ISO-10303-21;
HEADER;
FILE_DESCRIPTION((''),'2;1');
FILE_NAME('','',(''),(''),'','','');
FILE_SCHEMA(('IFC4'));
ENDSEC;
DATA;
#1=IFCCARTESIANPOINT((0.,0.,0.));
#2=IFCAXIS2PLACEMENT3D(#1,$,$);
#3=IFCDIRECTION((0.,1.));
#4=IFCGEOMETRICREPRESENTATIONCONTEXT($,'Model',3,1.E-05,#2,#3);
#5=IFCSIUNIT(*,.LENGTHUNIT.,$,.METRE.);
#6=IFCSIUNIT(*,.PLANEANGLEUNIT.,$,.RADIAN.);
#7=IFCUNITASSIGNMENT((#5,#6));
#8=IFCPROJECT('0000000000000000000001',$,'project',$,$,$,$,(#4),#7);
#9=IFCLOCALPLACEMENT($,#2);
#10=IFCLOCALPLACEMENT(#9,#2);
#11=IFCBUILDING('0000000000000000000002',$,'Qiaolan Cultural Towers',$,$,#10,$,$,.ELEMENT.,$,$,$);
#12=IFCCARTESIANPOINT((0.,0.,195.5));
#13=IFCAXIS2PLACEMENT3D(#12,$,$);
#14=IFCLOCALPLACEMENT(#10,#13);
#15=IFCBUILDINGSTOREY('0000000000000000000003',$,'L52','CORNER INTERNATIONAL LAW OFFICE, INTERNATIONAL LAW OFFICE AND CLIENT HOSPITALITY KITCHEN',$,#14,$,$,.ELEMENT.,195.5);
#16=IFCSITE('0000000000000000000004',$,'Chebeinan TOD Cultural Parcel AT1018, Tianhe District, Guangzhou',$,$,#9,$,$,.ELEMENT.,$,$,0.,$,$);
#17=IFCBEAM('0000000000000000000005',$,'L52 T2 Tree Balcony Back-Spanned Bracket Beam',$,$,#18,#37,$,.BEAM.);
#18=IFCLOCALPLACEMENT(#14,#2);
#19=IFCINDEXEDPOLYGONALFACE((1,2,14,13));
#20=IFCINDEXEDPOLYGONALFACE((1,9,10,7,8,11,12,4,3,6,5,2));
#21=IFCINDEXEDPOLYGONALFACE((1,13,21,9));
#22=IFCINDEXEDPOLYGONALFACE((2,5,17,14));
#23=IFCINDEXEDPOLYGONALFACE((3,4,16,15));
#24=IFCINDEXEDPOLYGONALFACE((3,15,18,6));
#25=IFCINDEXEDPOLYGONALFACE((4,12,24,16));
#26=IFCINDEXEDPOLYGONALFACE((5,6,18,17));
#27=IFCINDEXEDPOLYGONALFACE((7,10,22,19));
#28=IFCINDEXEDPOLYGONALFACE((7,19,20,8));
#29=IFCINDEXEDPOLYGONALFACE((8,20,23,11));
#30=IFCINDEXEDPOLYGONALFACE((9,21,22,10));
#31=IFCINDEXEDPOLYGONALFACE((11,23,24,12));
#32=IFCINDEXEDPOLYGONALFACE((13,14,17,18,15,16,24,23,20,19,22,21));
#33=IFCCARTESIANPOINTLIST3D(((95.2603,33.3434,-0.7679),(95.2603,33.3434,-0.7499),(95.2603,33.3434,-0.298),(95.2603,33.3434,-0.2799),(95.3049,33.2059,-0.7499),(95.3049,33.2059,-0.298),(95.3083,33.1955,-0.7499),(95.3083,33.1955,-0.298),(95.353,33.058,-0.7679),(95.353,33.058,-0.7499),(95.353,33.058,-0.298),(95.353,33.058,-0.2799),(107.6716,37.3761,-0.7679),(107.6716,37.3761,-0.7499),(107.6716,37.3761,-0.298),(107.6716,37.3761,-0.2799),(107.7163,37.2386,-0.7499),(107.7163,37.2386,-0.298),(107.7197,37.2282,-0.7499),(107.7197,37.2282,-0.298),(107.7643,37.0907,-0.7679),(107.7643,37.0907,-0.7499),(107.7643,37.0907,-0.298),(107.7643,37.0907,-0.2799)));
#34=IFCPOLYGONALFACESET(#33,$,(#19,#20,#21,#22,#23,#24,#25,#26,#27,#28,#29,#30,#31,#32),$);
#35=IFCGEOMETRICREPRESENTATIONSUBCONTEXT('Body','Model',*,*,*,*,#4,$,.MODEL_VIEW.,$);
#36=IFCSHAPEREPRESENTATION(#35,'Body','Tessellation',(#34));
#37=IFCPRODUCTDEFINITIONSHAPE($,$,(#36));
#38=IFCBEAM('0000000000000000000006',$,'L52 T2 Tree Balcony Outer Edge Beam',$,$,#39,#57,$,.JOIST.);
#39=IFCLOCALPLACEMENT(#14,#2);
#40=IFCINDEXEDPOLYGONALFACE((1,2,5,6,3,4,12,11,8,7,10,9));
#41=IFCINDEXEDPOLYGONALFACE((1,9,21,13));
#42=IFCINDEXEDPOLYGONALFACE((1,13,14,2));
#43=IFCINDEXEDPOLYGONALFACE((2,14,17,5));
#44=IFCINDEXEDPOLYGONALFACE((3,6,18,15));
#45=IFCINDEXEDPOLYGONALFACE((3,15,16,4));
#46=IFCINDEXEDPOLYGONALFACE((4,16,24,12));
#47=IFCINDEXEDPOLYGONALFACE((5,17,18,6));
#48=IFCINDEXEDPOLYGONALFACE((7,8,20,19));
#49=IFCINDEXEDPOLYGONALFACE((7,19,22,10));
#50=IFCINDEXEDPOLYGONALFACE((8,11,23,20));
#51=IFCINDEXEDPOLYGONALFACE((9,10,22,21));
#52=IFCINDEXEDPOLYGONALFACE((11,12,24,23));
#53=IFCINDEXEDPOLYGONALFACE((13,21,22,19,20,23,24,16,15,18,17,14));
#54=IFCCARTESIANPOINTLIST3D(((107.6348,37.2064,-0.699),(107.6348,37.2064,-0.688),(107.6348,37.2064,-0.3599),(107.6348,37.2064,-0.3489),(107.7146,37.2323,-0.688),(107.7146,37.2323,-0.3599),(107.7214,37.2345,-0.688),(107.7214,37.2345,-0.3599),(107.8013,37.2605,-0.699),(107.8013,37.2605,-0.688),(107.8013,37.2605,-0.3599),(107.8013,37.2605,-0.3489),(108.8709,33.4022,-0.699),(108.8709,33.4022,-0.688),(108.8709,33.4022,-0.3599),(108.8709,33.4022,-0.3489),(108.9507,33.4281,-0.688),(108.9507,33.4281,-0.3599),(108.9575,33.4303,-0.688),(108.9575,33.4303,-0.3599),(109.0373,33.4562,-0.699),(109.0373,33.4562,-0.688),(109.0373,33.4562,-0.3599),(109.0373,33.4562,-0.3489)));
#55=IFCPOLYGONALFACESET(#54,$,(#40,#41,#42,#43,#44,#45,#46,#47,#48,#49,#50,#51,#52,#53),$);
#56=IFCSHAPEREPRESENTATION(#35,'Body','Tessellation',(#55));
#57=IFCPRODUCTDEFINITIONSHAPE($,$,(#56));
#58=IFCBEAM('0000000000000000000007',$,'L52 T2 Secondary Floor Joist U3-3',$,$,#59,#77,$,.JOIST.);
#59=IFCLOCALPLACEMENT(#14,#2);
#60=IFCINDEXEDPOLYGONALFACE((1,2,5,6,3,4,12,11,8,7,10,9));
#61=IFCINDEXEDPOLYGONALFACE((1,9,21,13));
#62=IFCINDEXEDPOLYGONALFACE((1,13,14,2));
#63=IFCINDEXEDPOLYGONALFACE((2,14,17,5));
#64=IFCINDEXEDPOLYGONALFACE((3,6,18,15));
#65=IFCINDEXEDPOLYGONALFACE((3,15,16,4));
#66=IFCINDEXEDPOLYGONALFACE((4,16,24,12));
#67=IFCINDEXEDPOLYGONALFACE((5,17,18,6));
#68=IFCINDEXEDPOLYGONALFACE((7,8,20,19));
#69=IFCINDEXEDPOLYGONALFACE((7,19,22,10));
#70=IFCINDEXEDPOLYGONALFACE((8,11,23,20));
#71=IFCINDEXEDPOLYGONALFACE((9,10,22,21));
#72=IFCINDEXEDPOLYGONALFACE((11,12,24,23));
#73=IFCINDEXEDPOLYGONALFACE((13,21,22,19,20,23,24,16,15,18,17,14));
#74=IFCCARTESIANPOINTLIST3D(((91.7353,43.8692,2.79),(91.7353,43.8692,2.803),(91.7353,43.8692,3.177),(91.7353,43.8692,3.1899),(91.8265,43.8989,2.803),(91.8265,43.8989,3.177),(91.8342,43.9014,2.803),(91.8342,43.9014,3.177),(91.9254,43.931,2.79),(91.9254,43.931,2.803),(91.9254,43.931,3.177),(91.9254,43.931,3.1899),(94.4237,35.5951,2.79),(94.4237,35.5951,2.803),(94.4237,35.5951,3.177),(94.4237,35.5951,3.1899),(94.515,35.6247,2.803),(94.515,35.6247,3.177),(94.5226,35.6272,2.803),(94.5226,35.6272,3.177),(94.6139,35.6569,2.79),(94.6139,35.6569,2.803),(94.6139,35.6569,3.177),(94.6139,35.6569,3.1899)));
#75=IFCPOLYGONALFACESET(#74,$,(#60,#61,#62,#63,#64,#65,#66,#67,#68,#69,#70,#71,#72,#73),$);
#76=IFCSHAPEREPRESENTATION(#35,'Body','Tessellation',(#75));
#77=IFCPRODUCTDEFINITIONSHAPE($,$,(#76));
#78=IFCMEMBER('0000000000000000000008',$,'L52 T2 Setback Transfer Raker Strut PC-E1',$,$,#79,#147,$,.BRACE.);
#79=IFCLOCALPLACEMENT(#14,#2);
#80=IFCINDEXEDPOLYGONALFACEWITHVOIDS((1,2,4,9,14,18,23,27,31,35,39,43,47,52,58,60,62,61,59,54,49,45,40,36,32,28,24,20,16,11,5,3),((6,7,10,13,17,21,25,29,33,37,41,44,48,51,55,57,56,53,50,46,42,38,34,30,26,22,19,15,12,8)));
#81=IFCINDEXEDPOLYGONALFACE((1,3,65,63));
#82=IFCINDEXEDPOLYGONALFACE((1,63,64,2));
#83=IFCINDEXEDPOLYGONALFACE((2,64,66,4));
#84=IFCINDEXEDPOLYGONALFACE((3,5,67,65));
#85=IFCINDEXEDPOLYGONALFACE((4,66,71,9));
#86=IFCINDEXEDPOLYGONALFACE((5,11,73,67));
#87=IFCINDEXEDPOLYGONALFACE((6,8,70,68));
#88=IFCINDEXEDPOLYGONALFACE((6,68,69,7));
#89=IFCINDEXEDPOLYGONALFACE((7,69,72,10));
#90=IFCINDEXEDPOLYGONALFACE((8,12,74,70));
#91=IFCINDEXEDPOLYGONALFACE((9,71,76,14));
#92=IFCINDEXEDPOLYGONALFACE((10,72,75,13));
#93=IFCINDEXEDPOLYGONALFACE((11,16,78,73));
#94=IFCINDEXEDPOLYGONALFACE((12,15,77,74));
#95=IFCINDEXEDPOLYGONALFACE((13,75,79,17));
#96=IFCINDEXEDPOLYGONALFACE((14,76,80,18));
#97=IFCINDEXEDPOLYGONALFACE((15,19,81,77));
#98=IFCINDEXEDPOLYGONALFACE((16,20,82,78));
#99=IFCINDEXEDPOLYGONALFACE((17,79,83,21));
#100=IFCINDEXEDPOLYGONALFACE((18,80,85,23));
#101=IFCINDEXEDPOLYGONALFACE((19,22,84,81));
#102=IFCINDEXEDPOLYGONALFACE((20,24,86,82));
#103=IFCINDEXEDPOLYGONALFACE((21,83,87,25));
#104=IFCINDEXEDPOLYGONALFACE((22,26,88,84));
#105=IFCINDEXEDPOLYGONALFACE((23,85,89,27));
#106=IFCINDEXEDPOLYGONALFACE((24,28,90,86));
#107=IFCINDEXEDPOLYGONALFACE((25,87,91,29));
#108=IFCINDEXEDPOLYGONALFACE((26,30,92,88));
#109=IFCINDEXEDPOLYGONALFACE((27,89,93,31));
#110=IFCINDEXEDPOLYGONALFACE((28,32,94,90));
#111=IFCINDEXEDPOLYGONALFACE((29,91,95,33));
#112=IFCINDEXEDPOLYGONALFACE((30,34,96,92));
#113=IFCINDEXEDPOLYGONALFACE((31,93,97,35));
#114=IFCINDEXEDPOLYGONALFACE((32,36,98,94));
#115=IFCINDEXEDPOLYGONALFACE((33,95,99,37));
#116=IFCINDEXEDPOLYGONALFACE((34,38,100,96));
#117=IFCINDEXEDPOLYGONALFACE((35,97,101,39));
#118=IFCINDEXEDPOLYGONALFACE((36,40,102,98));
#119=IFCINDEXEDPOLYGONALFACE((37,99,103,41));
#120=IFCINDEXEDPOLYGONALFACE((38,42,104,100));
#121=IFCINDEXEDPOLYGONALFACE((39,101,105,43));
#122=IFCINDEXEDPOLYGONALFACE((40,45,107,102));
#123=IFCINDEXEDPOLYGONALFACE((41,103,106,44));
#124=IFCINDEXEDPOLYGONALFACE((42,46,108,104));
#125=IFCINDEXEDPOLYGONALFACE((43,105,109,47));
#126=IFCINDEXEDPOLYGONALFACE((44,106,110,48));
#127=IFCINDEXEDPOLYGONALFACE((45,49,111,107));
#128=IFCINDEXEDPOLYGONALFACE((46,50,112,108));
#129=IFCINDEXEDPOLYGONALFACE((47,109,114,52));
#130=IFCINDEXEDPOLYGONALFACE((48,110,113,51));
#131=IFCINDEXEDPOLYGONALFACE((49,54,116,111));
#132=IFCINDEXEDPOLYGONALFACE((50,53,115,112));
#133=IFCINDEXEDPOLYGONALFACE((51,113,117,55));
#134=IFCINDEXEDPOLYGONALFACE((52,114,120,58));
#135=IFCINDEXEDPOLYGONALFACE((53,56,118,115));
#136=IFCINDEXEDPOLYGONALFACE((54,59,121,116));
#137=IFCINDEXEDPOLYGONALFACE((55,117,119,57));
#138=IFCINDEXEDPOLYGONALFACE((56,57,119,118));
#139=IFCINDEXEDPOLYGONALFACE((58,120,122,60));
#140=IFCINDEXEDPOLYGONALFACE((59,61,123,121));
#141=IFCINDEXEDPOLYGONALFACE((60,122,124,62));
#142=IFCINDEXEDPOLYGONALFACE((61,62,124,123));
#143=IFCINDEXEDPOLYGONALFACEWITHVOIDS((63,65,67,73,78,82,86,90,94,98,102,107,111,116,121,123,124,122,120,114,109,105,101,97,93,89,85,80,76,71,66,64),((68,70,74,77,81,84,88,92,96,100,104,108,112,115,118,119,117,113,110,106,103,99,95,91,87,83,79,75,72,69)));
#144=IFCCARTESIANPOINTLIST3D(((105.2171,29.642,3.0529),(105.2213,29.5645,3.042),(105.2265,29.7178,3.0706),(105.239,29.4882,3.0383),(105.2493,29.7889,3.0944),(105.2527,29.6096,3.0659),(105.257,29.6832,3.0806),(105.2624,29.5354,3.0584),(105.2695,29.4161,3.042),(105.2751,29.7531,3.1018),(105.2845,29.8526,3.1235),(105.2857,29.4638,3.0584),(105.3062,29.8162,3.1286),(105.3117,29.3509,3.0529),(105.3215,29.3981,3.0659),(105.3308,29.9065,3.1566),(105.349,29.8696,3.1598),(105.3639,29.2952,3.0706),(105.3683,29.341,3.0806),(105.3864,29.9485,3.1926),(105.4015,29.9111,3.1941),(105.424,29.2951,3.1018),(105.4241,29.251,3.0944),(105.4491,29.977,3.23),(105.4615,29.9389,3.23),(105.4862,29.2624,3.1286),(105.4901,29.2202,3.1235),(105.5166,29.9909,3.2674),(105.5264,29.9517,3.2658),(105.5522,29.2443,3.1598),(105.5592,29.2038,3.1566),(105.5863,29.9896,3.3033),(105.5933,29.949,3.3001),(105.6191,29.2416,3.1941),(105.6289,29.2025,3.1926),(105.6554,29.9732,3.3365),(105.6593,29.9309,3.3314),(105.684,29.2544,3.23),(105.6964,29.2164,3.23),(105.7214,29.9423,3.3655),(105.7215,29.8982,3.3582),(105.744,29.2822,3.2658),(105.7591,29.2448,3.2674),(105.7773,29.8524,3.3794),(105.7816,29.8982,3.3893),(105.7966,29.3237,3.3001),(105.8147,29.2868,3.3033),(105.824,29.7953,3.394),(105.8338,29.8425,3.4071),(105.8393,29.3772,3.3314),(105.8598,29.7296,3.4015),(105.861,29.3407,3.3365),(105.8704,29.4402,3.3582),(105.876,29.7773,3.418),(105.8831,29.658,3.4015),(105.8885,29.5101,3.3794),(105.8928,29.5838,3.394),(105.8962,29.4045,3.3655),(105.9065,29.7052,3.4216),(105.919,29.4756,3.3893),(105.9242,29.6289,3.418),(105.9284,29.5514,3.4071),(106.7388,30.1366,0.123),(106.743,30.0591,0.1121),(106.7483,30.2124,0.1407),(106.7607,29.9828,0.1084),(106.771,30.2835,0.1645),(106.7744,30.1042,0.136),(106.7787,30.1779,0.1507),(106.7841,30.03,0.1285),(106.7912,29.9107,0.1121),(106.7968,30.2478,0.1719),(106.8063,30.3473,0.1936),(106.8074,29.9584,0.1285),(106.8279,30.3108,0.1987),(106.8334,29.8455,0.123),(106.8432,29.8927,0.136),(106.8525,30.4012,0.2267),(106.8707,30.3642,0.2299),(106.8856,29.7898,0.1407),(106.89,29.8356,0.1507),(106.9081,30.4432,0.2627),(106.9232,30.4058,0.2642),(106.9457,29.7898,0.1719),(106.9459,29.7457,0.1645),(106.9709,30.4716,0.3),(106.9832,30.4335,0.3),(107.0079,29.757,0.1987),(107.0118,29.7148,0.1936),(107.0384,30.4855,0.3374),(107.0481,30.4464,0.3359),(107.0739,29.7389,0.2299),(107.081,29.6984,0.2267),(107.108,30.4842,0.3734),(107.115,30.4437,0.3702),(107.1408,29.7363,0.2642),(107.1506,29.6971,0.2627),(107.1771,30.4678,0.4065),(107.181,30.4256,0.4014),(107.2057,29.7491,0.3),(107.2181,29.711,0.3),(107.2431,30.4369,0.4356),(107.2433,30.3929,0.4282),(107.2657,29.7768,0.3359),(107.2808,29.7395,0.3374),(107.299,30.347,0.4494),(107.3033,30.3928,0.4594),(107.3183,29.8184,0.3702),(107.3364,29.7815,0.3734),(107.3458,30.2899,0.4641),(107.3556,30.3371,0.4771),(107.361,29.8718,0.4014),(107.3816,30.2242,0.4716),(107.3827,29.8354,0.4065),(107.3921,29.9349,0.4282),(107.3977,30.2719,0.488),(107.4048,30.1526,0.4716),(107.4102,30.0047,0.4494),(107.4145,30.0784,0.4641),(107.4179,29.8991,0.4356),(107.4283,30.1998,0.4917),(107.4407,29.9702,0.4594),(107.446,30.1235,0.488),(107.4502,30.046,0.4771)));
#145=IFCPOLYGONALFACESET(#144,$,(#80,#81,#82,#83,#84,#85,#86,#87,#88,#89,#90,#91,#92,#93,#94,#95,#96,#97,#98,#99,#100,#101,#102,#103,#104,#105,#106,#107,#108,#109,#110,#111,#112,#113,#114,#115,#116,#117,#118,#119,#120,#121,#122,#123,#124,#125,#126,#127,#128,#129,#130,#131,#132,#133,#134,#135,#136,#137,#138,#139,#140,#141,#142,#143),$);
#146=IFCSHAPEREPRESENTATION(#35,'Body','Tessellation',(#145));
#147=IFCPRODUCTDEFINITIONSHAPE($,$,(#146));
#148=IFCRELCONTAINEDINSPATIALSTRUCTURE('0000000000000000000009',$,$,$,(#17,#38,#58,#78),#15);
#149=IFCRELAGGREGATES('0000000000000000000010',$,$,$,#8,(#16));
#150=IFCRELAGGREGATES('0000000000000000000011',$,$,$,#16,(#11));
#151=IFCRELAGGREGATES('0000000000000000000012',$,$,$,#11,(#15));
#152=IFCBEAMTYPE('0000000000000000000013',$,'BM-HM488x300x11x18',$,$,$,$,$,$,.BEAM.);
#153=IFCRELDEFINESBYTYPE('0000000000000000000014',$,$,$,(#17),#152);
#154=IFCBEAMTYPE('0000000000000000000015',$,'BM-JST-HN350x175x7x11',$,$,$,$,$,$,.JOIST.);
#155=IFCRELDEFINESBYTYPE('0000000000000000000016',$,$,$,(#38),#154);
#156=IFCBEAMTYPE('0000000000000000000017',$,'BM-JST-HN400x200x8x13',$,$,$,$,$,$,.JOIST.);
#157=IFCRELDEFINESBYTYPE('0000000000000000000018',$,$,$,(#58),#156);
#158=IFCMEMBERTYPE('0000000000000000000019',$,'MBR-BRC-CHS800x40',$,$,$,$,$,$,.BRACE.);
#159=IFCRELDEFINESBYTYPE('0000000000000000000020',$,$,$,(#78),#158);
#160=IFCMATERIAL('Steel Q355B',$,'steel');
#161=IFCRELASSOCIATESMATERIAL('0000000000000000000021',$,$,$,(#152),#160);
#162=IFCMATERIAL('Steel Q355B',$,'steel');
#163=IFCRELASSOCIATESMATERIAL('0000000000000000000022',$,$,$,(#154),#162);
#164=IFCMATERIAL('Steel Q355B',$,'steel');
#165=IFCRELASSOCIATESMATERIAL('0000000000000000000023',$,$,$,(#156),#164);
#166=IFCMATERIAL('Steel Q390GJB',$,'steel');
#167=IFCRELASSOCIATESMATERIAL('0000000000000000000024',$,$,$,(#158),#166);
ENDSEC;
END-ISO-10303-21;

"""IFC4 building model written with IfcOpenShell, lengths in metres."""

from ifc_helpers import new_model, si_unit, direction, frame, origin, origin_2d, place, context, subcontext, project, spatial, hollow_circle, i_section, extrude, material, material_profile, profile_set, type_object, element, save


model = new_model("IFC4")

# Units and contexts
model_context = context("Model", 3, precision=1e-05, world=origin(), true_north=direction((0.0, 1.0)))
body_context = subcontext(model_context, "Body", "Model", "MODEL_VIEW")
ifc_project = project(units=[si_unit("LENGTHUNIT", "METRE"), si_unit("PLANEANGLEUNIT", "RADIAN")], contexts=[model_context])

# Site, building, storey
site_placement = place(None, origin())
site = spatial("IfcSite", under=ifc_project, at=site_placement, Name="Chebeinan TOD Cultural Parcel AT1018, Tianhe District, Guangzhou", CompositionType="ELEMENT", RefElevation=0.0)
building_placement = place(site_placement, origin())
building = spatial("IfcBuilding", under=site, at=building_placement, Name="Qiaolan Cultural Towers", CompositionType="ELEMENT")
storey_placement = place(building_placement, frame((0.0, 0.0, 195.5)))
storey = spatial("IfcBuildingStorey", under=building, at=storey_placement, Name="L52", Description="CORNER INTERNATIONAL LAW OFFICE, INTERNATIONAL LAW OFFICE AND CLIENT HOSPITALITY KITCHEN", CompositionType="ELEMENT", Elevation=195.5)

# Beams
ifc_material_1 = material(Name="Steel Q355B", Category="steel")
ifc_material_profile_1 = material_profile(ifc_material_1, i_section(OverallWidth=0.3, OverallDepth=0.488, WebThickness=0.011, FlangeThickness=0.0181, at=origin_2d()), Name="HM488x300x11x18")
ifc_profile_set_1 = profile_set([ifc_material_profile_1], Name="Steel Q355B")
beam_type_1 = type_object("IfcBeamType", Name="BM-HM488x300x11x18", PredefinedType="BEAM", material=ifc_profile_set_1)
for number, where, z_axis, x_axis, name in (
    (1, (95.3066, 33.2007, -0.5239), (0.951056, 0.309018, 0.0), (-0.309018, 0.951056, 0.0), "L52 T2 Tree Balcony Back-Spanned Bracket Beam"),
):
    element("IfcBeam", number, at=place(storey_placement, frame(where, z_axis=z_axis, x_axis=x_axis)), inside=storey, type_object=beam_type_1, Name=name, PredefinedType="BEAM", context=body_context, shape_type="SweptSolid", body=[
        extrude(i_section(OverallWidth=0.3, OverallDepth=0.488, WebThickness=0.011, FlangeThickness=0.0181, at=origin_2d()), origin(), (0.0, 0.0, 1.0), 13.05),
    ])
ifc_material_2 = material(Name="Steel Q355B", Category="steel")
ifc_material_profile_2 = material_profile(ifc_material_2, i_section(OverallWidth=0.175, OverallDepth=0.3501, WebThickness=0.0071, FlangeThickness=0.011, at=origin_2d()), Name="HN350x175x7x11")
ifc_profile_set_2 = profile_set([ifc_material_profile_2], Name="Steel Q355B")
beam_type_2 = type_object("IfcBeamType", Name="BM-JST-HN350x175x7x11", PredefinedType="JOIST", material=ifc_profile_set_2)
beam_1_placement = place(storey_placement, frame((108.9541, 33.4292, -0.5239), z_axis=(-0.309023, 0.951055, 0.0), x_axis=(-0.951055, -0.309023, 0.0)))
element("IfcBeam", 2, at=beam_1_placement, inside=storey, type_object=beam_type_2, Name="L52 T2 Tree Balcony Outer Edge Beam", PredefinedType="JOIST", context=body_context, shape_type="SweptSolid", body=[
    extrude(i_section(OverallWidth=0.175, OverallDepth=0.3501, WebThickness=0.0071, FlangeThickness=0.011, at=origin_2d()), origin(), (0.0, 0.0, 1.0), 4.0),
])
ifc_material_3 = material(Name="Steel Q355B", Category="steel")
ifc_material_profile_3 = material_profile(ifc_material_3, i_section(OverallWidth=0.2, OverallDepth=0.3999, WebThickness=0.0081, FlangeThickness=0.0129, at=origin_2d()), Name="HN400x200x8x13")
ifc_profile_set_3 = profile_set([ifc_material_profile_3], Name="Steel Q355B")
beam_type_3 = type_object("IfcBeamType", Name="BM-JST-HN400x200x8x13", PredefinedType="JOIST", material=ifc_profile_set_3)
beam_2_placement = place(storey_placement, frame((94.5188, 35.626, 2.99), z_axis=(-0.309021, 0.951055, 0.0), x_axis=(-0.951055, -0.309021, 0.0)))
element("IfcBeam", 3, at=beam_2_placement, inside=storey, type_object=beam_type_3, Name="L52 T2 Secondary Floor Joist U3-3", PredefinedType="JOIST", context=body_context, shape_type="SweptSolid", body=[
    extrude(i_section(OverallWidth=0.2, OverallDepth=0.3999, WebThickness=0.0081, FlangeThickness=0.0129, at=origin_2d()), origin(), (0.0, 0.0, 1.0), 8.7),
])

# Member
ifc_material_4 = material(Name="Steel Q390GJB", Category="steel")
ifc_material_profile_4 = material_profile(ifc_material_4, hollow_circle(Radius=0.3999, WallThickness=0.04, at=origin_2d()), Name="CHS800x40")
ifc_profile_set_4 = profile_set([ifc_material_profile_4], Name="Steel Q390GJB")
member_type = type_object("IfcMemberType", Name="MBR-BRC-CHS800x40", PredefinedType="BRACE", material=ifc_profile_set_4)
for number, where, z_axis, x_axis, name in (
    (4, (107.0945, 30.0913, 0.3), (-0.455828, -0.148164, 0.877649), (0.309124, -0.951022, 0.0), "L52 T2 Setback Transfer Raker Strut PC-E1"),
):
    element("IfcMember", number, at=place(storey_placement, frame(where, z_axis=z_axis, x_axis=x_axis)), inside=storey, type_object=member_type, Name=name, PredefinedType="BRACE", context=body_context, shape_type="SweptSolid", body=[
        extrude(hollow_circle(Radius=0.3999, WallThickness=0.04, at=origin_2d()), origin(), (0.0, 0.0, 1.0), 3.3384),
    ])

save(model, "model.ifc")
